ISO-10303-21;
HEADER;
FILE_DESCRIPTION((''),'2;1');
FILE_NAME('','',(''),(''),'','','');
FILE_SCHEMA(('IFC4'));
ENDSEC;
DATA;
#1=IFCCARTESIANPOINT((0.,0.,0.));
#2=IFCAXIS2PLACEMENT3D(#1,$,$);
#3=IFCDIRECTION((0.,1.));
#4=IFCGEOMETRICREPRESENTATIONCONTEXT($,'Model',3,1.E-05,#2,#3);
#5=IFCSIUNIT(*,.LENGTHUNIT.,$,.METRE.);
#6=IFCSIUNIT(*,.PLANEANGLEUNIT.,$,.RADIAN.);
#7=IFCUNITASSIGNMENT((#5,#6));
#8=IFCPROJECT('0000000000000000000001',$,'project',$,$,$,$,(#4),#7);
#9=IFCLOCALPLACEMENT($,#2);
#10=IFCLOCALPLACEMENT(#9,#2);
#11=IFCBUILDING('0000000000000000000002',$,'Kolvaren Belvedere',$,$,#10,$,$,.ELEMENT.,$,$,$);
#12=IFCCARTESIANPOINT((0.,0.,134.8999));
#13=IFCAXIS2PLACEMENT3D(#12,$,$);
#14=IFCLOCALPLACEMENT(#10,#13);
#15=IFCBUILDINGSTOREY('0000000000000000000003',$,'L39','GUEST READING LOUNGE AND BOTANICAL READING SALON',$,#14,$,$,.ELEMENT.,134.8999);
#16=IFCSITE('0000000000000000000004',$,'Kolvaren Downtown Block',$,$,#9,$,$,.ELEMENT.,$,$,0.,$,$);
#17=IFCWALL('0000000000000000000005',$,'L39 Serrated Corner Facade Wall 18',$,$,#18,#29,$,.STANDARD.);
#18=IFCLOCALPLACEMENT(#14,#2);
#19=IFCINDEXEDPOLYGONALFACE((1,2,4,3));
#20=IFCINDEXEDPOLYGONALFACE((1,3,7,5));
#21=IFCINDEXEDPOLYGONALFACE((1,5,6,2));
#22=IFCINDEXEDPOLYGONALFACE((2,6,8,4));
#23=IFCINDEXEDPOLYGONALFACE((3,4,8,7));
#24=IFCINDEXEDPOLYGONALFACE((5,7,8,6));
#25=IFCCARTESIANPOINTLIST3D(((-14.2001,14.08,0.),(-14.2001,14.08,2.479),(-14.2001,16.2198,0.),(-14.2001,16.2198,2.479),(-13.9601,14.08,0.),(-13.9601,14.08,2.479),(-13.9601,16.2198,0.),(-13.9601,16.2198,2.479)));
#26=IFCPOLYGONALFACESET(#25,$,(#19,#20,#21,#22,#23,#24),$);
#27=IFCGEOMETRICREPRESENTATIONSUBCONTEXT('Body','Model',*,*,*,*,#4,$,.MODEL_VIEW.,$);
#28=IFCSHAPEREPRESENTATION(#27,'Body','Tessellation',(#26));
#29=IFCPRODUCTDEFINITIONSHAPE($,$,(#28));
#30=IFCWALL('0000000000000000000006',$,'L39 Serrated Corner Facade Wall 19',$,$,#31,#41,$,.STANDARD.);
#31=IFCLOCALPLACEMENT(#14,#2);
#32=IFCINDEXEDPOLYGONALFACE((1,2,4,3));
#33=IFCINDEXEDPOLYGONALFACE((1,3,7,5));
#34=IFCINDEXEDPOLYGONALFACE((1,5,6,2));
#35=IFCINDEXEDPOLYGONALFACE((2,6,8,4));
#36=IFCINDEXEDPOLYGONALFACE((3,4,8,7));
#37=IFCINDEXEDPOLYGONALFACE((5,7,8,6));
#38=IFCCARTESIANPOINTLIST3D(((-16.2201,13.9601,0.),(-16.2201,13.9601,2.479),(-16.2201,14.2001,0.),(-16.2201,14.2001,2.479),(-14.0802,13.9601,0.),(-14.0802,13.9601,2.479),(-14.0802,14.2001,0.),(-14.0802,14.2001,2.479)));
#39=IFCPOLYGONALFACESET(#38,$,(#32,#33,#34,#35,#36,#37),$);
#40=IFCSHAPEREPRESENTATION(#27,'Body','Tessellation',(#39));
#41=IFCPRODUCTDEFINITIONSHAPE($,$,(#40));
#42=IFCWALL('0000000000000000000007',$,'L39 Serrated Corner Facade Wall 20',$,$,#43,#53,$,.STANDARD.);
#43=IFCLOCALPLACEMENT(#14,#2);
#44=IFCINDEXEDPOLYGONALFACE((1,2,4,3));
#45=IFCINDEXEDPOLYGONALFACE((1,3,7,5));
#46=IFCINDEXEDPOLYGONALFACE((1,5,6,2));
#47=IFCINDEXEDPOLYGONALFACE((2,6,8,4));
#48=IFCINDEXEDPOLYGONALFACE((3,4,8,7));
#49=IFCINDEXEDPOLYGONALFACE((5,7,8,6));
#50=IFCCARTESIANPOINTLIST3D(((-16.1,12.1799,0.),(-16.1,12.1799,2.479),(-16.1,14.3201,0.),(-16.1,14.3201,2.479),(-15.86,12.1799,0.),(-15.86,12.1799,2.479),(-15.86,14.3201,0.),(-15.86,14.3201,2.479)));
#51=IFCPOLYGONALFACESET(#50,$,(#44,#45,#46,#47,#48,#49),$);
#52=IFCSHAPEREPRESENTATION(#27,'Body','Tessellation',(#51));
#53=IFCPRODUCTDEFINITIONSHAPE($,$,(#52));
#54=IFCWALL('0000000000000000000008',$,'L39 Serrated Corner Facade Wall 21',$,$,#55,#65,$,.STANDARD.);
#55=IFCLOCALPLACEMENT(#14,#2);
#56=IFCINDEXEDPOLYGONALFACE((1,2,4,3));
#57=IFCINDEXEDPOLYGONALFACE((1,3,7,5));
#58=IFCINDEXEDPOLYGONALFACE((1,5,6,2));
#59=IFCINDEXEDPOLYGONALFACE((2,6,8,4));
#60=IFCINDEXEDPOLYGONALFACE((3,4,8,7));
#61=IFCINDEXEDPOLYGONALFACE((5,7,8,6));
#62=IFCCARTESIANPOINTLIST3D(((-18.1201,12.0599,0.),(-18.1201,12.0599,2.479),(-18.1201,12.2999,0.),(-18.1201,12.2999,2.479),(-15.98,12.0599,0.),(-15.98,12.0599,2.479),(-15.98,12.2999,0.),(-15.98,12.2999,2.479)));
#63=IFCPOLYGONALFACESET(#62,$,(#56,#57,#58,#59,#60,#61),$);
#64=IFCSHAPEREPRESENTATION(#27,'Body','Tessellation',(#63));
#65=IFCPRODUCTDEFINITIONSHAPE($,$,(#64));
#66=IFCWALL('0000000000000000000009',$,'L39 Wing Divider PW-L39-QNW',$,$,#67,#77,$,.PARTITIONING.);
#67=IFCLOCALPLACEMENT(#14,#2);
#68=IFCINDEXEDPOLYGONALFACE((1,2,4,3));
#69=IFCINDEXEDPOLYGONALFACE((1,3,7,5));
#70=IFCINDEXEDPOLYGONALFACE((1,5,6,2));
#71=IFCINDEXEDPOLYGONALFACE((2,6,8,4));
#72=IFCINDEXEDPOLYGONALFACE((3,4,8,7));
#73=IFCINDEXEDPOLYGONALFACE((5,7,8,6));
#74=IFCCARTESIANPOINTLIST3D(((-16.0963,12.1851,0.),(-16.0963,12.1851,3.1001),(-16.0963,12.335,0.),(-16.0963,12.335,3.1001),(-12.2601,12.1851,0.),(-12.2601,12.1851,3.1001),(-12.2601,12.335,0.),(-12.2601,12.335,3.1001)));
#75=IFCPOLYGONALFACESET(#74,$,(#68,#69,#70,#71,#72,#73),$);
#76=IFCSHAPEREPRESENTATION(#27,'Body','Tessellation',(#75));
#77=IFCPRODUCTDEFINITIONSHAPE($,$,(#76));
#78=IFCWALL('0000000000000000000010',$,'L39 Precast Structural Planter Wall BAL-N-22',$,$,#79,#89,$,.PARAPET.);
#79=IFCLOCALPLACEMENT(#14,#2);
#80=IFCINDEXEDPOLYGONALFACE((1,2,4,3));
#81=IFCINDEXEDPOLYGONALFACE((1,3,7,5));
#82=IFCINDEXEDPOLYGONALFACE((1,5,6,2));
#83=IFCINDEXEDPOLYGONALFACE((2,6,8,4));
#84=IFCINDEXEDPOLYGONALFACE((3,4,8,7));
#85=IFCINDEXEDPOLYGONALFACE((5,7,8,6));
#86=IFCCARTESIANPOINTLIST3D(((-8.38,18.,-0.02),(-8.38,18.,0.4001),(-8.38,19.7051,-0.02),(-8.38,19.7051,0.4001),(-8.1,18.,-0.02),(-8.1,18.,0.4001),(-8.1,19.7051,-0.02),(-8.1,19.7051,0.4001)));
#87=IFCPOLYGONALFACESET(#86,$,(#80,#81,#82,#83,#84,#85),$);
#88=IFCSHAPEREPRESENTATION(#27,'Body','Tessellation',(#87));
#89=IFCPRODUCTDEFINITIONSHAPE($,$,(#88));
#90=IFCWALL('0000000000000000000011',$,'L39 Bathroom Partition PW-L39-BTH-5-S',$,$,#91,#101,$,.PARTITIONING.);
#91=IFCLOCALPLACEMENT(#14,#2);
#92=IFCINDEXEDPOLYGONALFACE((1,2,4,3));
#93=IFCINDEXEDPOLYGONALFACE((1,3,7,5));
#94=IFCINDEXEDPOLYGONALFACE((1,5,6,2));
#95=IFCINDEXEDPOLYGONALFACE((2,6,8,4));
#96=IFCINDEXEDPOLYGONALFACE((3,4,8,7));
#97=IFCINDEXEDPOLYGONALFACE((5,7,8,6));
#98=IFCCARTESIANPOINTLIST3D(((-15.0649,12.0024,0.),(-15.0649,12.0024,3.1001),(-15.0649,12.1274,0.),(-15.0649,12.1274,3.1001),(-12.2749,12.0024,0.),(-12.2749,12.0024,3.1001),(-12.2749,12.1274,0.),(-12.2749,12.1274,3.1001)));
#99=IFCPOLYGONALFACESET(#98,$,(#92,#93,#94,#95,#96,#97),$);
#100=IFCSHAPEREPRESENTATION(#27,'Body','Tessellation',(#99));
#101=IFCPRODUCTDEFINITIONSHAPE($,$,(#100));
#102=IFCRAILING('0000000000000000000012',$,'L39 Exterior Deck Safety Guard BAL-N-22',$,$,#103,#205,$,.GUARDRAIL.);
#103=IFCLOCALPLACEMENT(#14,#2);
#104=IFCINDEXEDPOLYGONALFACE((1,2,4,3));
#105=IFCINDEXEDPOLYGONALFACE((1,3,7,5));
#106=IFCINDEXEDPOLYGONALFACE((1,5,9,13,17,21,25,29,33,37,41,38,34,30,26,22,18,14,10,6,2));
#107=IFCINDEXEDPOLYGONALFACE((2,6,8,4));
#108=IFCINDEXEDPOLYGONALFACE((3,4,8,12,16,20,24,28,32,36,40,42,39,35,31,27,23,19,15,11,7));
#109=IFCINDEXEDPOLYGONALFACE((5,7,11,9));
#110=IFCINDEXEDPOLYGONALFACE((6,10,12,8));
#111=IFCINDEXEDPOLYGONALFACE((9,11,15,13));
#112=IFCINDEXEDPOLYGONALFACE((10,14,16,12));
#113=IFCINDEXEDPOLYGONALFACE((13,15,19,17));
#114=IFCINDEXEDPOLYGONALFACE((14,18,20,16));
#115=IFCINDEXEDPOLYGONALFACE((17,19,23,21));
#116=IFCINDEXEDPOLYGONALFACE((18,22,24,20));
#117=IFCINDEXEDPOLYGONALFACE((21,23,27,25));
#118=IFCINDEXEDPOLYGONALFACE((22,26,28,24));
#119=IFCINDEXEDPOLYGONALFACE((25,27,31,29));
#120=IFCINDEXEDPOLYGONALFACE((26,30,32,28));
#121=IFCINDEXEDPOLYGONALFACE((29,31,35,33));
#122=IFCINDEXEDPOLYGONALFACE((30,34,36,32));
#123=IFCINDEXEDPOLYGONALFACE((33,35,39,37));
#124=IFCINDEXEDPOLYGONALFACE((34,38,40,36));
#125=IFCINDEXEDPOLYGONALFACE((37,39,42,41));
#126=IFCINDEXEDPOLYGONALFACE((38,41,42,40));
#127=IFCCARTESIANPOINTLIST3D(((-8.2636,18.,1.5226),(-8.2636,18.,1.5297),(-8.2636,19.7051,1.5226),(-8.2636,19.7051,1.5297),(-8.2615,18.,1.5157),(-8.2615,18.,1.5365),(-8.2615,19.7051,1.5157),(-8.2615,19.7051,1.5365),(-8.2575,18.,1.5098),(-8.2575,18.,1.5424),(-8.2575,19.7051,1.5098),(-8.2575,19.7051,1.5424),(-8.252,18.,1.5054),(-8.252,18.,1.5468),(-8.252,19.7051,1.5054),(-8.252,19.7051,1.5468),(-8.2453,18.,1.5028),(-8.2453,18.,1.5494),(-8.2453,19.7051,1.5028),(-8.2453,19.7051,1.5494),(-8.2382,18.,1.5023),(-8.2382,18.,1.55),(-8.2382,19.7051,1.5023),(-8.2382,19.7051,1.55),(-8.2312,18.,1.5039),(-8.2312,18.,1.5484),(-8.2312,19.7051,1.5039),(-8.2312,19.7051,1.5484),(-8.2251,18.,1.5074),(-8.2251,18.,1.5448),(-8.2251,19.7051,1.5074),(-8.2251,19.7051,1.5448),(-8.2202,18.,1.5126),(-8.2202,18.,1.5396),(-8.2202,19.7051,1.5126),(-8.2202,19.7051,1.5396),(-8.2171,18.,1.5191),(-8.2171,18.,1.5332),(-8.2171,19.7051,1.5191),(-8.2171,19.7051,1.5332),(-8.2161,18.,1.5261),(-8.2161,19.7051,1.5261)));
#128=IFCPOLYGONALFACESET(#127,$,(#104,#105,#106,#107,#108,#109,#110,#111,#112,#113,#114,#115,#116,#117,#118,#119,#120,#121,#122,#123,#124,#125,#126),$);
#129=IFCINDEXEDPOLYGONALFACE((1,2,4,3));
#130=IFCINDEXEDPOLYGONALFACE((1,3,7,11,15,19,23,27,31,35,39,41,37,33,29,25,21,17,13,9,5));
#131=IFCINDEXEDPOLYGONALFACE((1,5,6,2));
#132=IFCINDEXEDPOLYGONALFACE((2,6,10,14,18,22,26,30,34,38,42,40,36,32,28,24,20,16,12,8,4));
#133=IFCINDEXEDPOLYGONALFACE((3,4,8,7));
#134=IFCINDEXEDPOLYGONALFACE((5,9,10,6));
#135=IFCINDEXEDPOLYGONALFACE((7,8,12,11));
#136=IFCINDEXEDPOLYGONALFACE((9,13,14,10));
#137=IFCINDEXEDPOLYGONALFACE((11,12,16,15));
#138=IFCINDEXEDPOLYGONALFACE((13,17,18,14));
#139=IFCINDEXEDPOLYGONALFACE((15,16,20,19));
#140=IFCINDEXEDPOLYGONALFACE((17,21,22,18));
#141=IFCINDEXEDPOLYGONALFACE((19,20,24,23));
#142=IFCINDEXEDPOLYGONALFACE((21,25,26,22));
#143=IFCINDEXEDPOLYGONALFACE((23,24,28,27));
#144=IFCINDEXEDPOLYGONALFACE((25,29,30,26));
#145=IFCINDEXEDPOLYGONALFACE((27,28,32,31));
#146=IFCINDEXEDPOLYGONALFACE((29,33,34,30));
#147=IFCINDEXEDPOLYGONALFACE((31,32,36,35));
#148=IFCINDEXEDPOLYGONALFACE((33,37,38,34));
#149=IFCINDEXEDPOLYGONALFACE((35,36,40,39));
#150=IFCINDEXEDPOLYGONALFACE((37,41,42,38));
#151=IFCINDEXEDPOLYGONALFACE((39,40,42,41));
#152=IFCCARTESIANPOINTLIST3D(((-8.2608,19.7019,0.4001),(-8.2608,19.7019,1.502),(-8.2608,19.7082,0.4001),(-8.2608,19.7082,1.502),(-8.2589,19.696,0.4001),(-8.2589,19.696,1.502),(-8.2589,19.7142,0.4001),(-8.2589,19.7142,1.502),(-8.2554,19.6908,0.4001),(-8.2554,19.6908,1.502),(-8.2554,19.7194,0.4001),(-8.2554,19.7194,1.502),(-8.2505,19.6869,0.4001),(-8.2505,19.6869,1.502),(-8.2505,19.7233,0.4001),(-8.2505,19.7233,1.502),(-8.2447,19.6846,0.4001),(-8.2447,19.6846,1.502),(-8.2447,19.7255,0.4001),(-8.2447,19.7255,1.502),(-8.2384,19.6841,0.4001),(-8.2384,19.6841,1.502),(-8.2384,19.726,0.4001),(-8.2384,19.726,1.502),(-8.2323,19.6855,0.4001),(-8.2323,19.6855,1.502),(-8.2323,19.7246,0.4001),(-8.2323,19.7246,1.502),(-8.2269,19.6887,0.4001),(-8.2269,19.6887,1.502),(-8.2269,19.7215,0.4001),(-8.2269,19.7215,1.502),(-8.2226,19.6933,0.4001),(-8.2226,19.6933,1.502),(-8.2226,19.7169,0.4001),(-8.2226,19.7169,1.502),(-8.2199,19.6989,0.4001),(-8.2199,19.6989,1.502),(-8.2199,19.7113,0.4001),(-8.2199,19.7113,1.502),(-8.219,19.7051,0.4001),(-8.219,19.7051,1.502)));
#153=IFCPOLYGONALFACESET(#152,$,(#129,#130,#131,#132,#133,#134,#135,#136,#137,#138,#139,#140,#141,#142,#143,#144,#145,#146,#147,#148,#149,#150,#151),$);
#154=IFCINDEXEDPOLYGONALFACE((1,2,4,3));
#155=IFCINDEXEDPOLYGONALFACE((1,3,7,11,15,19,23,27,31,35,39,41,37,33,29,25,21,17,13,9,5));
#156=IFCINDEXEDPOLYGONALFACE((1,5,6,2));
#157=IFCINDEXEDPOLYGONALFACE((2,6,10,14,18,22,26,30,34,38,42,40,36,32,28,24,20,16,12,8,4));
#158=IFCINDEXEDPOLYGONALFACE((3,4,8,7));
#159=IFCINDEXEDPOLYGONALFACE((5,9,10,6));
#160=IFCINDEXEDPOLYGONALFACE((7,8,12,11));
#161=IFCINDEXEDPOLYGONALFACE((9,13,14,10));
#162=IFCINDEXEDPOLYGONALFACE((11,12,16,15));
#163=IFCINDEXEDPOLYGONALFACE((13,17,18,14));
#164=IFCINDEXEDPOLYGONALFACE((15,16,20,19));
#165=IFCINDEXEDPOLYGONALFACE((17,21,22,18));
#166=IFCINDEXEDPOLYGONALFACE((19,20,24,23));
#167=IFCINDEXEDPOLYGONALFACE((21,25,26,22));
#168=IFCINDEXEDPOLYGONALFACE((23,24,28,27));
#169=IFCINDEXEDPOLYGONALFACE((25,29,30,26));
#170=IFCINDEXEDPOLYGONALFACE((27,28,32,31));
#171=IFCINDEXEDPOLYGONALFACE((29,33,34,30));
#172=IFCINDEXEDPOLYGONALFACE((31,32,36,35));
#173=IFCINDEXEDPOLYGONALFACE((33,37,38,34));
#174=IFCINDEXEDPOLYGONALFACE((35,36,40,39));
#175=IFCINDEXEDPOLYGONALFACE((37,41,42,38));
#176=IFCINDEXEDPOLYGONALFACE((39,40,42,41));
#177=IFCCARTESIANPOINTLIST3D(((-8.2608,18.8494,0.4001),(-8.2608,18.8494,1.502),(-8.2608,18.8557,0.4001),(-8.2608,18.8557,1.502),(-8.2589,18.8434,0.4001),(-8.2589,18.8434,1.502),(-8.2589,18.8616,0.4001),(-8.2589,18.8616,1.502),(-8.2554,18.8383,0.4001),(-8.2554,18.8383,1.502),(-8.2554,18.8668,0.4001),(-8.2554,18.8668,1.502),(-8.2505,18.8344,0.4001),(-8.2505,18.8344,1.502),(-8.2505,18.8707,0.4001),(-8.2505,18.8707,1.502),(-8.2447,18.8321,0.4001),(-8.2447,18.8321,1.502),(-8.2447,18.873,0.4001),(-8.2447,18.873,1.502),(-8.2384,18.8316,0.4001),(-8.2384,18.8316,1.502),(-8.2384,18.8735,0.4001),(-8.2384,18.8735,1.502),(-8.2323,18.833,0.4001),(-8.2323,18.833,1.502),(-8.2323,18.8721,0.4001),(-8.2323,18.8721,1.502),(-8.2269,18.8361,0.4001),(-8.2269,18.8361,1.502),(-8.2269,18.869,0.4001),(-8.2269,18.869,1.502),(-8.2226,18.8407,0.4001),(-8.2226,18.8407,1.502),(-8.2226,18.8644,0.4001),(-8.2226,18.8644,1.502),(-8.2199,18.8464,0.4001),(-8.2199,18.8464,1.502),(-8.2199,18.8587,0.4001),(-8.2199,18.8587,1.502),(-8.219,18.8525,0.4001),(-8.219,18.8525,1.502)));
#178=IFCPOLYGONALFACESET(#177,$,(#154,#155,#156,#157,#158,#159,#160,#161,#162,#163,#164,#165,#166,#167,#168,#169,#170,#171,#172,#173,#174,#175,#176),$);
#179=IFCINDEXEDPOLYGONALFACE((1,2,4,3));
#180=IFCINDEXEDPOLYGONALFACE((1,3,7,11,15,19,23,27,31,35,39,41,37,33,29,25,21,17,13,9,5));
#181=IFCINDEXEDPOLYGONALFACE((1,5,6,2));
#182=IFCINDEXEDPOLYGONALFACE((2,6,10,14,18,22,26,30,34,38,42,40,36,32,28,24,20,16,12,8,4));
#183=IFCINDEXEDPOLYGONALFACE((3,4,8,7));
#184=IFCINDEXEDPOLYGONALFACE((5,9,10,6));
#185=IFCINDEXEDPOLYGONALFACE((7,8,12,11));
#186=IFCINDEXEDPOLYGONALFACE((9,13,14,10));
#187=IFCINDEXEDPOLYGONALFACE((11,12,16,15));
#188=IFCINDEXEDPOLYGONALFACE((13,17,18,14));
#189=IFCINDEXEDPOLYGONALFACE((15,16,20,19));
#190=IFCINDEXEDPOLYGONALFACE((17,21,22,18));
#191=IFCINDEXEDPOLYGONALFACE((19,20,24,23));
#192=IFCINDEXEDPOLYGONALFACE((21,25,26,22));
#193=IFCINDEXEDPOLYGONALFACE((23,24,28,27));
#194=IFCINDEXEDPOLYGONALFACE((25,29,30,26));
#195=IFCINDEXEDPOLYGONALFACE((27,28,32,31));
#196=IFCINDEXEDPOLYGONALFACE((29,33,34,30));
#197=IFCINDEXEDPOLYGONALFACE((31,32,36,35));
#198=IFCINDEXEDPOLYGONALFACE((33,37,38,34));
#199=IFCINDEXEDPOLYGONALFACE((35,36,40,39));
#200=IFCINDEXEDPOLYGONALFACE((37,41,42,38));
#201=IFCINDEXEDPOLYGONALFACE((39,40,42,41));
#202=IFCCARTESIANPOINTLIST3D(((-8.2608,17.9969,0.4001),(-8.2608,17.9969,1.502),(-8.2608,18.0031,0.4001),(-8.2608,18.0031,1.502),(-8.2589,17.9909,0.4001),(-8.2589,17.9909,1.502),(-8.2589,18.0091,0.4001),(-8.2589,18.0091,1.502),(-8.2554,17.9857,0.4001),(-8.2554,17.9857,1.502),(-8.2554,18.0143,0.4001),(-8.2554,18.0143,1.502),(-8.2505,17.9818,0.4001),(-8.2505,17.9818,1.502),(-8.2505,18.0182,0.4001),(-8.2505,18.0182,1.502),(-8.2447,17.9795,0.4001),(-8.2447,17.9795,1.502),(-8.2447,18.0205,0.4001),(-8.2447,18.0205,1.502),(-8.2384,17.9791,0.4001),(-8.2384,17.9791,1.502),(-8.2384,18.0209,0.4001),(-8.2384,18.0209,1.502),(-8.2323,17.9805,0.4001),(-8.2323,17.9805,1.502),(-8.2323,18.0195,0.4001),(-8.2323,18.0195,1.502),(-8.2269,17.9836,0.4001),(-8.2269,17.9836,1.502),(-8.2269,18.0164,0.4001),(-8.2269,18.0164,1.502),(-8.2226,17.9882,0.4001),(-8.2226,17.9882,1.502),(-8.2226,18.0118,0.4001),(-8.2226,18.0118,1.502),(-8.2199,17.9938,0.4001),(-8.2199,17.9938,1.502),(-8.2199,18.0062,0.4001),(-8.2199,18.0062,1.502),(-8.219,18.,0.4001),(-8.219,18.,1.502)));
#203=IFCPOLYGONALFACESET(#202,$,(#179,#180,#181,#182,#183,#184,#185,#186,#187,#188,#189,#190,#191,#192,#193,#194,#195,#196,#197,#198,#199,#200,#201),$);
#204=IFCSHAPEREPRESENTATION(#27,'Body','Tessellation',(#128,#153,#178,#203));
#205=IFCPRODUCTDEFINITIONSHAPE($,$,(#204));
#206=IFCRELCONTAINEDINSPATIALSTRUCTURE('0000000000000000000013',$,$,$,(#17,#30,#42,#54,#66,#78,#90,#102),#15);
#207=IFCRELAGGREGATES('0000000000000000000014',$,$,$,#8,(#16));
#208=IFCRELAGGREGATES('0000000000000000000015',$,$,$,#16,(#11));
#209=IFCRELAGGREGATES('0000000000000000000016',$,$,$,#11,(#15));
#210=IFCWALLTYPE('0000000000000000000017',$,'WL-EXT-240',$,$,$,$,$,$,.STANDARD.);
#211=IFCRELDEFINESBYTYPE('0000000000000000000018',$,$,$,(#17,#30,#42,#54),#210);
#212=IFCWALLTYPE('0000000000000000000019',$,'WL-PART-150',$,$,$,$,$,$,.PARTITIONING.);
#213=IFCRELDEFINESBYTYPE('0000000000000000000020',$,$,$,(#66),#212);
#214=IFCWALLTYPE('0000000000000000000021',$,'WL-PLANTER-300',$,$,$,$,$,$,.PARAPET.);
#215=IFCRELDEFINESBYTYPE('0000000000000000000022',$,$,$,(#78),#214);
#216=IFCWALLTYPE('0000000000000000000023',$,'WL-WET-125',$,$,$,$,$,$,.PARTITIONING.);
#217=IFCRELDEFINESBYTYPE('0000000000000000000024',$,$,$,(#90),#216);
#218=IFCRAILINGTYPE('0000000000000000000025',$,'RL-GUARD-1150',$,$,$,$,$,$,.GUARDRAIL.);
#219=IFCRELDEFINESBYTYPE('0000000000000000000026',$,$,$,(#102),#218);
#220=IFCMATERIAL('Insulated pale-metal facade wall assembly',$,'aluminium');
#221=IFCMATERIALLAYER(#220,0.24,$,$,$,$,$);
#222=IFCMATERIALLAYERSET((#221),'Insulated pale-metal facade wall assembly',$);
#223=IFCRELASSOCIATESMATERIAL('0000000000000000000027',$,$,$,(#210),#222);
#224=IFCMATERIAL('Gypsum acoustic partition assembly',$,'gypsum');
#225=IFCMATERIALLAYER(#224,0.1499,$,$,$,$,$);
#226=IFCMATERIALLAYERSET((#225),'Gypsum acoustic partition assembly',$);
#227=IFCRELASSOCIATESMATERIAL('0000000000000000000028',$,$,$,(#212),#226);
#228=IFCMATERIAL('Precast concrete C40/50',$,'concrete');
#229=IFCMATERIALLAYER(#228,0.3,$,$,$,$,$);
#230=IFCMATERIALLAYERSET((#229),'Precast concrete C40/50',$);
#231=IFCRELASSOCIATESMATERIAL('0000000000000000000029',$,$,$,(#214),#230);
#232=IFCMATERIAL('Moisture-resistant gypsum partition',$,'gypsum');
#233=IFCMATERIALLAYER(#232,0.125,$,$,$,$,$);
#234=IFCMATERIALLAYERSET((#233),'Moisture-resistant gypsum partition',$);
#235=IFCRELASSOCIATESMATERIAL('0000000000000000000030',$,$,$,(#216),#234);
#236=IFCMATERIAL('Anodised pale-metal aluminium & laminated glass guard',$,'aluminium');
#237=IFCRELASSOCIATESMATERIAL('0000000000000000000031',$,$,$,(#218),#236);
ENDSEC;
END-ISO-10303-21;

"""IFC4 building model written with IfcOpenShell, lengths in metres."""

from ifc_helpers import new_model, si_unit, direction, frame, frame_2d, origin, origin_2d, place, context, subcontext, project, spatial, rectangle, circle, extrude, material, layer, layer_set, type_object, element, save


model = new_model("IFC4")

# Units and contexts
model_context = context("Model", 3, precision=1e-05, world=origin(), true_north=direction((0.0, 1.0)))
body_context = subcontext(model_context, "Body", "Model", "MODEL_VIEW")
ifc_project = project(units=[si_unit("LENGTHUNIT", "METRE"), si_unit("PLANEANGLEUNIT", "RADIAN")], contexts=[model_context])

# Site, building, storey
site_placement = place(None, origin())
site = spatial("IfcSite", under=ifc_project, at=site_placement, Name="Kolvaren Downtown Block", CompositionType="ELEMENT", RefElevation=0.0)
building_placement = place(site_placement, origin())
building = spatial("IfcBuilding", under=site, at=building_placement, Name="Kolvaren Belvedere", CompositionType="ELEMENT")
storey_placement = place(building_placement, frame((0.0, 0.0, 134.8999)))
storey = spatial("IfcBuildingStorey", under=building, at=storey_placement, Name="L39", Description="GUEST READING LOUNGE AND BOTANICAL READING SALON", CompositionType="ELEMENT", Elevation=134.8999)

# Walls
ifc_material_1 = material(Name="Insulated pale-metal facade wall assembly", Category="aluminium")
ifc_layer_1 = layer(ifc_material_1, 0.24)
ifc_layer_set_1 = layer_set([ifc_layer_1], Name="Insulated pale-metal facade wall assembly")
wall_type_1 = type_object("IfcWallType", Name="WL-EXT-240", PredefinedType="STANDARD", material=ifc_layer_set_1)
for number, where, z_axis, x_axis, name in (
    (1, (-14.0801, 14.0801, 0.0), (0.0, 0.0, 1.0), (0.0, 1.0, 0.0), "L39 Serrated Corner Facade Wall 18"),
    (2, (-16.22, 14.0801, 0.0), (0.0, 0.0, 1.0), (1.0, 0.0, 0.0), "L39 Serrated Corner Facade Wall 19"),
):
    element("IfcWall", number, at=place(storey_placement, frame(where, z_axis=z_axis, x_axis=x_axis)), inside=storey, type_object=wall_type_1, Name=name, PredefinedType="STANDARD", context=body_context, shape_type="SweptSolid", body=[
        extrude(rectangle(XDim=2.1399, YDim=0.24, at=frame_2d((1.0698, 0.0))), origin(), (0.0, 0.0, 1.0), 2.479),
    ])
for number, where, z_axis, x_axis, name in (
    (3, (-15.98, 12.1799, 0.0), (0.0, 0.0, 1.0), (0.0, 1.0, 0.0), "L39 Serrated Corner Facade Wall 20"),
    (4, (-18.1201, 12.1799, 0.0), (0.0, 0.0, 1.0), (1.0, 0.0, 0.0), "L39 Serrated Corner Facade Wall 21"),
):
    element("IfcWall", number, at=place(storey_placement, frame(where, z_axis=z_axis, x_axis=x_axis)), inside=storey, type_object=wall_type_1, Name=name, PredefinedType="STANDARD", context=body_context, shape_type="SweptSolid", body=[
        extrude(rectangle(XDim=2.1401, YDim=0.24, at=frame_2d((1.0701, 0.0))), origin(), (0.0, 0.0, 1.0), 2.479),
    ])
ifc_material_2 = material(Name="Gypsum acoustic partition assembly", Category="gypsum")
ifc_layer_2 = layer(ifc_material_2, 0.1499)
ifc_layer_set_2 = layer_set([ifc_layer_2], Name="Gypsum acoustic partition assembly")
wall_type_2 = type_object("IfcWallType", Name="WL-PART-150", PredefinedType="PARTITIONING", material=ifc_layer_set_2)
wall_1_placement = place(storey_placement, frame((-16.0962, 12.26, 0.0), z_axis=(0.0, 0.0, 1.0), x_axis=(1.0, 0.0, 0.0)))
element("IfcWall", 5, at=wall_1_placement, inside=storey, type_object=wall_type_2, Name="L39 Wing Divider PW-L39-QNW", PredefinedType="PARTITIONING", context=body_context, shape_type="SweptSolid", body=[
    extrude(rectangle(XDim=3.8362, YDim=0.1499, at=frame_2d((1.918, 0.0))), origin(), (0.0, 0.0, 1.0), 3.1001),
])
ifc_material_3 = material(Name="Precast concrete C40/50", Category="concrete")
ifc_layer_3 = layer(ifc_material_3, 0.3)
ifc_layer_set_3 = layer_set([ifc_layer_3], Name="Precast concrete C40/50")
wall_type_3 = type_object("IfcWallType", Name="WL-PLANTER-300", PredefinedType="PARAPET", material=ifc_layer_set_3)
wall_2_placement = place(storey_placement, frame((-8.24, 19.7051, -0.02), z_axis=(0.0, 0.0, 1.0), x_axis=(0.0, -1.0, 0.0)))
element("IfcWall", 6, at=wall_2_placement, inside=storey, type_object=wall_type_3, Name="L39 Precast Structural Planter Wall BAL-N-22", PredefinedType="PARAPET", context=body_context, shape_type="SweptSolid", body=[
    extrude(rectangle(XDim=1.7051, YDim=0.28, at=frame_2d((0.8525, 0.0))), origin(), (0.0, 0.0, 1.0), 0.4202),
])
ifc_material_4 = material(Name="Moisture-resistant gypsum partition", Category="gypsum")
ifc_layer_4 = layer(ifc_material_4, 0.125)
ifc_layer_set_4 = layer_set([ifc_layer_4], Name="Moisture-resistant gypsum partition")
wall_type_4 = type_object("IfcWallType", Name="WL-WET-125", PredefinedType="PARTITIONING", material=ifc_layer_set_4)
wall_3_placement = place(storey_placement, frame((-15.0649, 12.0649, 0.0), z_axis=(0.0, 0.0, 1.0), x_axis=(1.0, 0.0, 0.0)))
element("IfcWall", 7, at=wall_3_placement, inside=storey, type_object=wall_type_4, Name="L39 Bathroom Partition PW-L39-BTH-5-S", PredefinedType="PARTITIONING", context=body_context, shape_type="SweptSolid", body=[
    extrude(rectangle(XDim=2.79, YDim=0.125, at=frame_2d((1.395, 0.0))), origin(), (0.0, 0.0, 1.0), 3.1001),
])

# Railing
ifc_material_5 = material(Name="Anodised pale-metal aluminium & laminated glass guard", Category="aluminium")
railing_type = type_object("IfcRailingType", Name="RL-GUARD-1150", PredefinedType="GUARDRAIL", material=ifc_material_5)
railing_placement = place(storey_placement, frame((-8.24, 19.7051, 0.4001)))
element("IfcRailing", 8, at=railing_placement, inside=storey, type_object=railing_type, Name="L39 Exterior Deck Safety Guard BAL-N-22", PredefinedType="GUARDRAIL", context=body_context, shape_type="SweptSolid", body=[
    extrude(circle(Radius=0.0239, at=origin_2d()), frame((0.0, 0.0, 1.126), z_axis=(0.0, -1.0, 0.0), x_axis=(1.0, 0.0, 0.0)), (0.0, 0.0, 1.0), 1.7051),
    extrude(circle(Radius=0.021, at=origin_2d()), origin(), (0.0, 0.0, 1.0), 1.1018),
    extrude(circle(Radius=0.021, at=origin_2d()), frame((0.0, -0.8525, 0.0)), (0.0, 0.0, 1.0), 1.1018),
    extrude(circle(Radius=0.021, at=origin_2d()), frame((0.0, -1.7051, 0.0)), (0.0, 0.0, 1.0), 1.1018),
])

save(model, "model.ifc")
